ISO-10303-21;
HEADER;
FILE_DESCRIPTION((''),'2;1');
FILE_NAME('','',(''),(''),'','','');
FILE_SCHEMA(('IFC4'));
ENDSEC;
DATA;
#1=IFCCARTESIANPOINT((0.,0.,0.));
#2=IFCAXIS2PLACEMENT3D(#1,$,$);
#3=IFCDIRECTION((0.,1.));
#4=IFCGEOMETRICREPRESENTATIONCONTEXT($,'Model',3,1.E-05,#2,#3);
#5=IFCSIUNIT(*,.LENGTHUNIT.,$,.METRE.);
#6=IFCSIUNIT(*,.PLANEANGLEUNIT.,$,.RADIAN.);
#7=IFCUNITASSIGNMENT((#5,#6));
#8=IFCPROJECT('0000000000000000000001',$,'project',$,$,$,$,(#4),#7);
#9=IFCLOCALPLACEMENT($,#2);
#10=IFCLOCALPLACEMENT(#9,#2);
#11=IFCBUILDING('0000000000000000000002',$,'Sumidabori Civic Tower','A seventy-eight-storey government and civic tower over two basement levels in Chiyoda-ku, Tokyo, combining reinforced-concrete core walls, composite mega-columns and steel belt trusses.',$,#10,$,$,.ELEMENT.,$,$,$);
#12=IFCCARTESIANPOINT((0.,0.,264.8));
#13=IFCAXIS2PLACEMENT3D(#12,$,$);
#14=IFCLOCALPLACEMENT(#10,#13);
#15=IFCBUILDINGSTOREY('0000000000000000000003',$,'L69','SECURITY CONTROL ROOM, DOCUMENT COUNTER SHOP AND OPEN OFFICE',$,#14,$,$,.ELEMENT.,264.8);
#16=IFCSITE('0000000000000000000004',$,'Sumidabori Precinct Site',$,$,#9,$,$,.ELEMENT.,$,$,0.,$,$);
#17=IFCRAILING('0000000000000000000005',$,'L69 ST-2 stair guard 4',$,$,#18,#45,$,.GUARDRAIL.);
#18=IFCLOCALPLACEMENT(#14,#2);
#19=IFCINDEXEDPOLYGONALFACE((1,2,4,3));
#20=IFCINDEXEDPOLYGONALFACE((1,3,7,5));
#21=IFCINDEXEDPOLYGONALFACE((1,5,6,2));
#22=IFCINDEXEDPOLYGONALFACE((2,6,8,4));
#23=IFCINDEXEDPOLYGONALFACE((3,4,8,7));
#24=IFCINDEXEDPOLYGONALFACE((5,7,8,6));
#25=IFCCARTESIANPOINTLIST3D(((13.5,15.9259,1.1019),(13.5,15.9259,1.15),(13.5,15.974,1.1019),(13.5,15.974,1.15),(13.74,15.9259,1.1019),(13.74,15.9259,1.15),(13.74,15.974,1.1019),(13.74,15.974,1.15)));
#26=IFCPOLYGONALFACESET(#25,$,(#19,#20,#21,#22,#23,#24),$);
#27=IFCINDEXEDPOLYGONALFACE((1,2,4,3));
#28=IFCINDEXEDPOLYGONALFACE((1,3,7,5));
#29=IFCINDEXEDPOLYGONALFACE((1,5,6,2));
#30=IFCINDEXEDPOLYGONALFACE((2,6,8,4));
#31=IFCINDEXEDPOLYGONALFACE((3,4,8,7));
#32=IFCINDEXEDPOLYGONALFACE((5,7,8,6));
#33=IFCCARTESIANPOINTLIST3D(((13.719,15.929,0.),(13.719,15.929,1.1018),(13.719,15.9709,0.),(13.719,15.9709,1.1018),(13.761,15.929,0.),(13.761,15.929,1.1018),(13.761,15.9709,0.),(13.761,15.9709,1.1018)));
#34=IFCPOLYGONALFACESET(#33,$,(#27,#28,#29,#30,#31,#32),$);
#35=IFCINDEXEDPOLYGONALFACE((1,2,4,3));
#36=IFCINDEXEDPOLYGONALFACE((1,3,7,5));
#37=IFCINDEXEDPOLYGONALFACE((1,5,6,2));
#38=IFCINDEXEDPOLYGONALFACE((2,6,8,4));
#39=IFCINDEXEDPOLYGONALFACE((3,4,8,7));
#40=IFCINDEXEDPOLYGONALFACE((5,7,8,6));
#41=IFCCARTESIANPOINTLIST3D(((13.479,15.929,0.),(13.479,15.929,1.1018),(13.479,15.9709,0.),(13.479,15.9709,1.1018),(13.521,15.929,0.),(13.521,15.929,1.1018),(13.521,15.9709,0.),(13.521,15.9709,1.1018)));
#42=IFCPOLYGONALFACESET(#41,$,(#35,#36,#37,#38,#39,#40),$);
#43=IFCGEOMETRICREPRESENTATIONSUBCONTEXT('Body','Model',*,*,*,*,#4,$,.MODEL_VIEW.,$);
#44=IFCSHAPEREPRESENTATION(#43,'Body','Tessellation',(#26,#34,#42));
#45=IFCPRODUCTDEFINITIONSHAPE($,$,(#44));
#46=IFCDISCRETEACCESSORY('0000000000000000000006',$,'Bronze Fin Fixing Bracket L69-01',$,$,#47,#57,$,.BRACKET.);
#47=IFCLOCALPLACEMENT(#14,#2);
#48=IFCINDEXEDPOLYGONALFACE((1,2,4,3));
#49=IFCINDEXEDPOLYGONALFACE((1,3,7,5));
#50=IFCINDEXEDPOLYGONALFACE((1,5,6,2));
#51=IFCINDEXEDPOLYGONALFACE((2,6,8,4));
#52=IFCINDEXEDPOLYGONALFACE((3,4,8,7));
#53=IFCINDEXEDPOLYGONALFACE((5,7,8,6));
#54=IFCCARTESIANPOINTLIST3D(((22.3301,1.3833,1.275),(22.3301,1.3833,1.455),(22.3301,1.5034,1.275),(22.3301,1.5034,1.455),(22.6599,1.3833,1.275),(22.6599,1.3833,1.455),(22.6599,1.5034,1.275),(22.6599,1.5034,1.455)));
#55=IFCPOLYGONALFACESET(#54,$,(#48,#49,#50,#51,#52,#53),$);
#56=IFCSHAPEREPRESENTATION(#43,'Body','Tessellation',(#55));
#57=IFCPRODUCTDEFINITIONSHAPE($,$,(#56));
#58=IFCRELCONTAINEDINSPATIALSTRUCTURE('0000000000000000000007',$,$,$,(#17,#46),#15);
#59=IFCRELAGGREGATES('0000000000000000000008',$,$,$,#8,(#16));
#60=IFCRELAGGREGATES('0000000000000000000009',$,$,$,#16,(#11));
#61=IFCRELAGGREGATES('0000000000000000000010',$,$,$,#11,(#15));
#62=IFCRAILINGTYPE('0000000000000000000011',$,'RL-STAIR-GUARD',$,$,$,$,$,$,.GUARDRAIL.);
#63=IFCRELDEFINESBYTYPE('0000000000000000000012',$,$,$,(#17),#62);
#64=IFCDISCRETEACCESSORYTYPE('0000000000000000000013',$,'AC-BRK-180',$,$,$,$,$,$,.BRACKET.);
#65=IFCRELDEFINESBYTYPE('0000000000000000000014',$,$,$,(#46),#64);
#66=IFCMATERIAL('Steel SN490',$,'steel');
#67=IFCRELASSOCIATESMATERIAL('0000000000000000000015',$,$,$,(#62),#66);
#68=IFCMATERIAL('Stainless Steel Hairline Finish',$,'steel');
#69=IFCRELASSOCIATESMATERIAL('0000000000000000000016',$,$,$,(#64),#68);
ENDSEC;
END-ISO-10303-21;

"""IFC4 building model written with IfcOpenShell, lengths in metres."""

from ifc_helpers import new_model, si_unit, direction, frame, origin, origin_2d, place, context, subcontext, project, spatial, rectangle, extrude, source, transform, mapped, material, material_profile, profile_set, type_object, element, save


model = new_model("IFC4")

# Units and contexts
model_context = context("Model", 3, precision=1e-05, world=origin(), true_north=direction((0.0, 1.0)))
body_context = subcontext(model_context, "Body", "Model", "MODEL_VIEW")
ifc_project = project(units=[si_unit("LENGTHUNIT", "METRE"), si_unit("PLANEANGLEUNIT", "RADIAN")], contexts=[model_context])

# Site, building, storey
site_placement = place(None, origin())
site = spatial("IfcSite", under=ifc_project, at=site_placement, Name="Sumidabori Precinct Site", CompositionType="ELEMENT", RefElevation=0.0)
building_placement = place(site_placement, origin())
building = spatial("IfcBuilding", under=site, at=building_placement, Name="Sumidabori Civic Tower", Description="A seventy-eight-storey government and civic tower over two basement levels in Chiyoda-ku, Tokyo, combining reinforced-concrete core walls, composite mega-columns and steel belt trusses.", CompositionType="ELEMENT")
storey_placement = place(building_placement, frame((0.0, 0.0, 264.8)))
storey = spatial("IfcBuildingStorey", under=building, at=storey_placement, Name="L69", Description="SECURITY CONTROL ROOM, DOCUMENT COUNTER SHOP AND OPEN OFFICE", CompositionType="ELEMENT", Elevation=264.8)

# Shared definitions
ifc_material_1 = material(Name="Steel SN490", Category="steel")

# Shared definitions
ifc_material_2 = material(Name="Stainless Steel Hairline Finish", Category="steel")

# Railing
railing_type_1 = type_object("IfcRailingType", Name="RL-STAIR-GUARD", PredefinedType="GUARDRAIL", material=ifc_material_1)
railing_1_placement = place(storey_placement, frame((13.74, 15.95, 0.0)))
element("IfcRailing", 1, at=railing_1_placement, inside=storey, type_object=railing_type_1, Name="L69 ST-2 stair guard 4", PredefinedType="GUARDRAIL", context=body_context, shape_type="SweptSolid", body=[
    extrude(rectangle(XDim=0.0481, YDim=0.0481, at=origin_2d()), frame((0.0, 0.0, 1.126), z_axis=(-1.0, 0.0, 0.0), x_axis=(0.0, -1.0, 0.0)), (0.0, 0.0, 1.0), 0.24),
    extrude(rectangle(XDim=0.042, YDim=0.042, at=origin_2d()), origin(), (0.0, 0.0, 1.0), 1.1018),
    extrude(rectangle(XDim=0.042, YDim=0.042, at=origin_2d()), frame((-0.24, 0.0, 0.0)), (0.0, 0.0, 1.0), 1.1018),
])

# Discrete accessory
ifc_material_profile_1 = material_profile(ifc_material_2, rectangle(XDim=0.1201, YDim=0.1799, at=origin_2d()), Name="STEEL BRACKET 180x120")
ifc_profile_set_1 = profile_set([ifc_material_profile_1], Name="Stainless Steel Hairline Finish")
discrete_accessory_type = type_object("IfcDiscreteAccessoryType", Name="AC-BRK-180", PredefinedType="BRACKET", material=ifc_profile_set_1)
shared_shape_1 = source(origin(), body_context, "Body", "SweptSolid", [
    extrude(rectangle(XDim=0.1201, YDim=0.1799, at=origin_2d()), origin(), (0.0, 0.0, 1.0), 0.3298),
])
discrete_accessory_placement = place(storey_placement, frame((22.3301, 1.4434, 1.365), z_axis=(1.0, 0.0, 0.0), x_axis=(0.0, 1.0, 0.0)))
element("IfcDiscreteAccessory", 2, at=discrete_accessory_placement, inside=storey, type_object=discrete_accessory_type, Name="Bronze Fin Fixing Bracket L69-01", PredefinedType="BRACKET", context=body_context, shape_type="MappedRepresentation", body=[
    mapped(shared_shape_1, transform((0.0, 0.0, 0.0), x_axis=(1.0, 0.0, 0.0), y_axis=(0.0, 1.0, 0.0), z_axis=(0.0, 0.0, 1.0), scale=1.0)),
])

save(model, "model.ifc")
